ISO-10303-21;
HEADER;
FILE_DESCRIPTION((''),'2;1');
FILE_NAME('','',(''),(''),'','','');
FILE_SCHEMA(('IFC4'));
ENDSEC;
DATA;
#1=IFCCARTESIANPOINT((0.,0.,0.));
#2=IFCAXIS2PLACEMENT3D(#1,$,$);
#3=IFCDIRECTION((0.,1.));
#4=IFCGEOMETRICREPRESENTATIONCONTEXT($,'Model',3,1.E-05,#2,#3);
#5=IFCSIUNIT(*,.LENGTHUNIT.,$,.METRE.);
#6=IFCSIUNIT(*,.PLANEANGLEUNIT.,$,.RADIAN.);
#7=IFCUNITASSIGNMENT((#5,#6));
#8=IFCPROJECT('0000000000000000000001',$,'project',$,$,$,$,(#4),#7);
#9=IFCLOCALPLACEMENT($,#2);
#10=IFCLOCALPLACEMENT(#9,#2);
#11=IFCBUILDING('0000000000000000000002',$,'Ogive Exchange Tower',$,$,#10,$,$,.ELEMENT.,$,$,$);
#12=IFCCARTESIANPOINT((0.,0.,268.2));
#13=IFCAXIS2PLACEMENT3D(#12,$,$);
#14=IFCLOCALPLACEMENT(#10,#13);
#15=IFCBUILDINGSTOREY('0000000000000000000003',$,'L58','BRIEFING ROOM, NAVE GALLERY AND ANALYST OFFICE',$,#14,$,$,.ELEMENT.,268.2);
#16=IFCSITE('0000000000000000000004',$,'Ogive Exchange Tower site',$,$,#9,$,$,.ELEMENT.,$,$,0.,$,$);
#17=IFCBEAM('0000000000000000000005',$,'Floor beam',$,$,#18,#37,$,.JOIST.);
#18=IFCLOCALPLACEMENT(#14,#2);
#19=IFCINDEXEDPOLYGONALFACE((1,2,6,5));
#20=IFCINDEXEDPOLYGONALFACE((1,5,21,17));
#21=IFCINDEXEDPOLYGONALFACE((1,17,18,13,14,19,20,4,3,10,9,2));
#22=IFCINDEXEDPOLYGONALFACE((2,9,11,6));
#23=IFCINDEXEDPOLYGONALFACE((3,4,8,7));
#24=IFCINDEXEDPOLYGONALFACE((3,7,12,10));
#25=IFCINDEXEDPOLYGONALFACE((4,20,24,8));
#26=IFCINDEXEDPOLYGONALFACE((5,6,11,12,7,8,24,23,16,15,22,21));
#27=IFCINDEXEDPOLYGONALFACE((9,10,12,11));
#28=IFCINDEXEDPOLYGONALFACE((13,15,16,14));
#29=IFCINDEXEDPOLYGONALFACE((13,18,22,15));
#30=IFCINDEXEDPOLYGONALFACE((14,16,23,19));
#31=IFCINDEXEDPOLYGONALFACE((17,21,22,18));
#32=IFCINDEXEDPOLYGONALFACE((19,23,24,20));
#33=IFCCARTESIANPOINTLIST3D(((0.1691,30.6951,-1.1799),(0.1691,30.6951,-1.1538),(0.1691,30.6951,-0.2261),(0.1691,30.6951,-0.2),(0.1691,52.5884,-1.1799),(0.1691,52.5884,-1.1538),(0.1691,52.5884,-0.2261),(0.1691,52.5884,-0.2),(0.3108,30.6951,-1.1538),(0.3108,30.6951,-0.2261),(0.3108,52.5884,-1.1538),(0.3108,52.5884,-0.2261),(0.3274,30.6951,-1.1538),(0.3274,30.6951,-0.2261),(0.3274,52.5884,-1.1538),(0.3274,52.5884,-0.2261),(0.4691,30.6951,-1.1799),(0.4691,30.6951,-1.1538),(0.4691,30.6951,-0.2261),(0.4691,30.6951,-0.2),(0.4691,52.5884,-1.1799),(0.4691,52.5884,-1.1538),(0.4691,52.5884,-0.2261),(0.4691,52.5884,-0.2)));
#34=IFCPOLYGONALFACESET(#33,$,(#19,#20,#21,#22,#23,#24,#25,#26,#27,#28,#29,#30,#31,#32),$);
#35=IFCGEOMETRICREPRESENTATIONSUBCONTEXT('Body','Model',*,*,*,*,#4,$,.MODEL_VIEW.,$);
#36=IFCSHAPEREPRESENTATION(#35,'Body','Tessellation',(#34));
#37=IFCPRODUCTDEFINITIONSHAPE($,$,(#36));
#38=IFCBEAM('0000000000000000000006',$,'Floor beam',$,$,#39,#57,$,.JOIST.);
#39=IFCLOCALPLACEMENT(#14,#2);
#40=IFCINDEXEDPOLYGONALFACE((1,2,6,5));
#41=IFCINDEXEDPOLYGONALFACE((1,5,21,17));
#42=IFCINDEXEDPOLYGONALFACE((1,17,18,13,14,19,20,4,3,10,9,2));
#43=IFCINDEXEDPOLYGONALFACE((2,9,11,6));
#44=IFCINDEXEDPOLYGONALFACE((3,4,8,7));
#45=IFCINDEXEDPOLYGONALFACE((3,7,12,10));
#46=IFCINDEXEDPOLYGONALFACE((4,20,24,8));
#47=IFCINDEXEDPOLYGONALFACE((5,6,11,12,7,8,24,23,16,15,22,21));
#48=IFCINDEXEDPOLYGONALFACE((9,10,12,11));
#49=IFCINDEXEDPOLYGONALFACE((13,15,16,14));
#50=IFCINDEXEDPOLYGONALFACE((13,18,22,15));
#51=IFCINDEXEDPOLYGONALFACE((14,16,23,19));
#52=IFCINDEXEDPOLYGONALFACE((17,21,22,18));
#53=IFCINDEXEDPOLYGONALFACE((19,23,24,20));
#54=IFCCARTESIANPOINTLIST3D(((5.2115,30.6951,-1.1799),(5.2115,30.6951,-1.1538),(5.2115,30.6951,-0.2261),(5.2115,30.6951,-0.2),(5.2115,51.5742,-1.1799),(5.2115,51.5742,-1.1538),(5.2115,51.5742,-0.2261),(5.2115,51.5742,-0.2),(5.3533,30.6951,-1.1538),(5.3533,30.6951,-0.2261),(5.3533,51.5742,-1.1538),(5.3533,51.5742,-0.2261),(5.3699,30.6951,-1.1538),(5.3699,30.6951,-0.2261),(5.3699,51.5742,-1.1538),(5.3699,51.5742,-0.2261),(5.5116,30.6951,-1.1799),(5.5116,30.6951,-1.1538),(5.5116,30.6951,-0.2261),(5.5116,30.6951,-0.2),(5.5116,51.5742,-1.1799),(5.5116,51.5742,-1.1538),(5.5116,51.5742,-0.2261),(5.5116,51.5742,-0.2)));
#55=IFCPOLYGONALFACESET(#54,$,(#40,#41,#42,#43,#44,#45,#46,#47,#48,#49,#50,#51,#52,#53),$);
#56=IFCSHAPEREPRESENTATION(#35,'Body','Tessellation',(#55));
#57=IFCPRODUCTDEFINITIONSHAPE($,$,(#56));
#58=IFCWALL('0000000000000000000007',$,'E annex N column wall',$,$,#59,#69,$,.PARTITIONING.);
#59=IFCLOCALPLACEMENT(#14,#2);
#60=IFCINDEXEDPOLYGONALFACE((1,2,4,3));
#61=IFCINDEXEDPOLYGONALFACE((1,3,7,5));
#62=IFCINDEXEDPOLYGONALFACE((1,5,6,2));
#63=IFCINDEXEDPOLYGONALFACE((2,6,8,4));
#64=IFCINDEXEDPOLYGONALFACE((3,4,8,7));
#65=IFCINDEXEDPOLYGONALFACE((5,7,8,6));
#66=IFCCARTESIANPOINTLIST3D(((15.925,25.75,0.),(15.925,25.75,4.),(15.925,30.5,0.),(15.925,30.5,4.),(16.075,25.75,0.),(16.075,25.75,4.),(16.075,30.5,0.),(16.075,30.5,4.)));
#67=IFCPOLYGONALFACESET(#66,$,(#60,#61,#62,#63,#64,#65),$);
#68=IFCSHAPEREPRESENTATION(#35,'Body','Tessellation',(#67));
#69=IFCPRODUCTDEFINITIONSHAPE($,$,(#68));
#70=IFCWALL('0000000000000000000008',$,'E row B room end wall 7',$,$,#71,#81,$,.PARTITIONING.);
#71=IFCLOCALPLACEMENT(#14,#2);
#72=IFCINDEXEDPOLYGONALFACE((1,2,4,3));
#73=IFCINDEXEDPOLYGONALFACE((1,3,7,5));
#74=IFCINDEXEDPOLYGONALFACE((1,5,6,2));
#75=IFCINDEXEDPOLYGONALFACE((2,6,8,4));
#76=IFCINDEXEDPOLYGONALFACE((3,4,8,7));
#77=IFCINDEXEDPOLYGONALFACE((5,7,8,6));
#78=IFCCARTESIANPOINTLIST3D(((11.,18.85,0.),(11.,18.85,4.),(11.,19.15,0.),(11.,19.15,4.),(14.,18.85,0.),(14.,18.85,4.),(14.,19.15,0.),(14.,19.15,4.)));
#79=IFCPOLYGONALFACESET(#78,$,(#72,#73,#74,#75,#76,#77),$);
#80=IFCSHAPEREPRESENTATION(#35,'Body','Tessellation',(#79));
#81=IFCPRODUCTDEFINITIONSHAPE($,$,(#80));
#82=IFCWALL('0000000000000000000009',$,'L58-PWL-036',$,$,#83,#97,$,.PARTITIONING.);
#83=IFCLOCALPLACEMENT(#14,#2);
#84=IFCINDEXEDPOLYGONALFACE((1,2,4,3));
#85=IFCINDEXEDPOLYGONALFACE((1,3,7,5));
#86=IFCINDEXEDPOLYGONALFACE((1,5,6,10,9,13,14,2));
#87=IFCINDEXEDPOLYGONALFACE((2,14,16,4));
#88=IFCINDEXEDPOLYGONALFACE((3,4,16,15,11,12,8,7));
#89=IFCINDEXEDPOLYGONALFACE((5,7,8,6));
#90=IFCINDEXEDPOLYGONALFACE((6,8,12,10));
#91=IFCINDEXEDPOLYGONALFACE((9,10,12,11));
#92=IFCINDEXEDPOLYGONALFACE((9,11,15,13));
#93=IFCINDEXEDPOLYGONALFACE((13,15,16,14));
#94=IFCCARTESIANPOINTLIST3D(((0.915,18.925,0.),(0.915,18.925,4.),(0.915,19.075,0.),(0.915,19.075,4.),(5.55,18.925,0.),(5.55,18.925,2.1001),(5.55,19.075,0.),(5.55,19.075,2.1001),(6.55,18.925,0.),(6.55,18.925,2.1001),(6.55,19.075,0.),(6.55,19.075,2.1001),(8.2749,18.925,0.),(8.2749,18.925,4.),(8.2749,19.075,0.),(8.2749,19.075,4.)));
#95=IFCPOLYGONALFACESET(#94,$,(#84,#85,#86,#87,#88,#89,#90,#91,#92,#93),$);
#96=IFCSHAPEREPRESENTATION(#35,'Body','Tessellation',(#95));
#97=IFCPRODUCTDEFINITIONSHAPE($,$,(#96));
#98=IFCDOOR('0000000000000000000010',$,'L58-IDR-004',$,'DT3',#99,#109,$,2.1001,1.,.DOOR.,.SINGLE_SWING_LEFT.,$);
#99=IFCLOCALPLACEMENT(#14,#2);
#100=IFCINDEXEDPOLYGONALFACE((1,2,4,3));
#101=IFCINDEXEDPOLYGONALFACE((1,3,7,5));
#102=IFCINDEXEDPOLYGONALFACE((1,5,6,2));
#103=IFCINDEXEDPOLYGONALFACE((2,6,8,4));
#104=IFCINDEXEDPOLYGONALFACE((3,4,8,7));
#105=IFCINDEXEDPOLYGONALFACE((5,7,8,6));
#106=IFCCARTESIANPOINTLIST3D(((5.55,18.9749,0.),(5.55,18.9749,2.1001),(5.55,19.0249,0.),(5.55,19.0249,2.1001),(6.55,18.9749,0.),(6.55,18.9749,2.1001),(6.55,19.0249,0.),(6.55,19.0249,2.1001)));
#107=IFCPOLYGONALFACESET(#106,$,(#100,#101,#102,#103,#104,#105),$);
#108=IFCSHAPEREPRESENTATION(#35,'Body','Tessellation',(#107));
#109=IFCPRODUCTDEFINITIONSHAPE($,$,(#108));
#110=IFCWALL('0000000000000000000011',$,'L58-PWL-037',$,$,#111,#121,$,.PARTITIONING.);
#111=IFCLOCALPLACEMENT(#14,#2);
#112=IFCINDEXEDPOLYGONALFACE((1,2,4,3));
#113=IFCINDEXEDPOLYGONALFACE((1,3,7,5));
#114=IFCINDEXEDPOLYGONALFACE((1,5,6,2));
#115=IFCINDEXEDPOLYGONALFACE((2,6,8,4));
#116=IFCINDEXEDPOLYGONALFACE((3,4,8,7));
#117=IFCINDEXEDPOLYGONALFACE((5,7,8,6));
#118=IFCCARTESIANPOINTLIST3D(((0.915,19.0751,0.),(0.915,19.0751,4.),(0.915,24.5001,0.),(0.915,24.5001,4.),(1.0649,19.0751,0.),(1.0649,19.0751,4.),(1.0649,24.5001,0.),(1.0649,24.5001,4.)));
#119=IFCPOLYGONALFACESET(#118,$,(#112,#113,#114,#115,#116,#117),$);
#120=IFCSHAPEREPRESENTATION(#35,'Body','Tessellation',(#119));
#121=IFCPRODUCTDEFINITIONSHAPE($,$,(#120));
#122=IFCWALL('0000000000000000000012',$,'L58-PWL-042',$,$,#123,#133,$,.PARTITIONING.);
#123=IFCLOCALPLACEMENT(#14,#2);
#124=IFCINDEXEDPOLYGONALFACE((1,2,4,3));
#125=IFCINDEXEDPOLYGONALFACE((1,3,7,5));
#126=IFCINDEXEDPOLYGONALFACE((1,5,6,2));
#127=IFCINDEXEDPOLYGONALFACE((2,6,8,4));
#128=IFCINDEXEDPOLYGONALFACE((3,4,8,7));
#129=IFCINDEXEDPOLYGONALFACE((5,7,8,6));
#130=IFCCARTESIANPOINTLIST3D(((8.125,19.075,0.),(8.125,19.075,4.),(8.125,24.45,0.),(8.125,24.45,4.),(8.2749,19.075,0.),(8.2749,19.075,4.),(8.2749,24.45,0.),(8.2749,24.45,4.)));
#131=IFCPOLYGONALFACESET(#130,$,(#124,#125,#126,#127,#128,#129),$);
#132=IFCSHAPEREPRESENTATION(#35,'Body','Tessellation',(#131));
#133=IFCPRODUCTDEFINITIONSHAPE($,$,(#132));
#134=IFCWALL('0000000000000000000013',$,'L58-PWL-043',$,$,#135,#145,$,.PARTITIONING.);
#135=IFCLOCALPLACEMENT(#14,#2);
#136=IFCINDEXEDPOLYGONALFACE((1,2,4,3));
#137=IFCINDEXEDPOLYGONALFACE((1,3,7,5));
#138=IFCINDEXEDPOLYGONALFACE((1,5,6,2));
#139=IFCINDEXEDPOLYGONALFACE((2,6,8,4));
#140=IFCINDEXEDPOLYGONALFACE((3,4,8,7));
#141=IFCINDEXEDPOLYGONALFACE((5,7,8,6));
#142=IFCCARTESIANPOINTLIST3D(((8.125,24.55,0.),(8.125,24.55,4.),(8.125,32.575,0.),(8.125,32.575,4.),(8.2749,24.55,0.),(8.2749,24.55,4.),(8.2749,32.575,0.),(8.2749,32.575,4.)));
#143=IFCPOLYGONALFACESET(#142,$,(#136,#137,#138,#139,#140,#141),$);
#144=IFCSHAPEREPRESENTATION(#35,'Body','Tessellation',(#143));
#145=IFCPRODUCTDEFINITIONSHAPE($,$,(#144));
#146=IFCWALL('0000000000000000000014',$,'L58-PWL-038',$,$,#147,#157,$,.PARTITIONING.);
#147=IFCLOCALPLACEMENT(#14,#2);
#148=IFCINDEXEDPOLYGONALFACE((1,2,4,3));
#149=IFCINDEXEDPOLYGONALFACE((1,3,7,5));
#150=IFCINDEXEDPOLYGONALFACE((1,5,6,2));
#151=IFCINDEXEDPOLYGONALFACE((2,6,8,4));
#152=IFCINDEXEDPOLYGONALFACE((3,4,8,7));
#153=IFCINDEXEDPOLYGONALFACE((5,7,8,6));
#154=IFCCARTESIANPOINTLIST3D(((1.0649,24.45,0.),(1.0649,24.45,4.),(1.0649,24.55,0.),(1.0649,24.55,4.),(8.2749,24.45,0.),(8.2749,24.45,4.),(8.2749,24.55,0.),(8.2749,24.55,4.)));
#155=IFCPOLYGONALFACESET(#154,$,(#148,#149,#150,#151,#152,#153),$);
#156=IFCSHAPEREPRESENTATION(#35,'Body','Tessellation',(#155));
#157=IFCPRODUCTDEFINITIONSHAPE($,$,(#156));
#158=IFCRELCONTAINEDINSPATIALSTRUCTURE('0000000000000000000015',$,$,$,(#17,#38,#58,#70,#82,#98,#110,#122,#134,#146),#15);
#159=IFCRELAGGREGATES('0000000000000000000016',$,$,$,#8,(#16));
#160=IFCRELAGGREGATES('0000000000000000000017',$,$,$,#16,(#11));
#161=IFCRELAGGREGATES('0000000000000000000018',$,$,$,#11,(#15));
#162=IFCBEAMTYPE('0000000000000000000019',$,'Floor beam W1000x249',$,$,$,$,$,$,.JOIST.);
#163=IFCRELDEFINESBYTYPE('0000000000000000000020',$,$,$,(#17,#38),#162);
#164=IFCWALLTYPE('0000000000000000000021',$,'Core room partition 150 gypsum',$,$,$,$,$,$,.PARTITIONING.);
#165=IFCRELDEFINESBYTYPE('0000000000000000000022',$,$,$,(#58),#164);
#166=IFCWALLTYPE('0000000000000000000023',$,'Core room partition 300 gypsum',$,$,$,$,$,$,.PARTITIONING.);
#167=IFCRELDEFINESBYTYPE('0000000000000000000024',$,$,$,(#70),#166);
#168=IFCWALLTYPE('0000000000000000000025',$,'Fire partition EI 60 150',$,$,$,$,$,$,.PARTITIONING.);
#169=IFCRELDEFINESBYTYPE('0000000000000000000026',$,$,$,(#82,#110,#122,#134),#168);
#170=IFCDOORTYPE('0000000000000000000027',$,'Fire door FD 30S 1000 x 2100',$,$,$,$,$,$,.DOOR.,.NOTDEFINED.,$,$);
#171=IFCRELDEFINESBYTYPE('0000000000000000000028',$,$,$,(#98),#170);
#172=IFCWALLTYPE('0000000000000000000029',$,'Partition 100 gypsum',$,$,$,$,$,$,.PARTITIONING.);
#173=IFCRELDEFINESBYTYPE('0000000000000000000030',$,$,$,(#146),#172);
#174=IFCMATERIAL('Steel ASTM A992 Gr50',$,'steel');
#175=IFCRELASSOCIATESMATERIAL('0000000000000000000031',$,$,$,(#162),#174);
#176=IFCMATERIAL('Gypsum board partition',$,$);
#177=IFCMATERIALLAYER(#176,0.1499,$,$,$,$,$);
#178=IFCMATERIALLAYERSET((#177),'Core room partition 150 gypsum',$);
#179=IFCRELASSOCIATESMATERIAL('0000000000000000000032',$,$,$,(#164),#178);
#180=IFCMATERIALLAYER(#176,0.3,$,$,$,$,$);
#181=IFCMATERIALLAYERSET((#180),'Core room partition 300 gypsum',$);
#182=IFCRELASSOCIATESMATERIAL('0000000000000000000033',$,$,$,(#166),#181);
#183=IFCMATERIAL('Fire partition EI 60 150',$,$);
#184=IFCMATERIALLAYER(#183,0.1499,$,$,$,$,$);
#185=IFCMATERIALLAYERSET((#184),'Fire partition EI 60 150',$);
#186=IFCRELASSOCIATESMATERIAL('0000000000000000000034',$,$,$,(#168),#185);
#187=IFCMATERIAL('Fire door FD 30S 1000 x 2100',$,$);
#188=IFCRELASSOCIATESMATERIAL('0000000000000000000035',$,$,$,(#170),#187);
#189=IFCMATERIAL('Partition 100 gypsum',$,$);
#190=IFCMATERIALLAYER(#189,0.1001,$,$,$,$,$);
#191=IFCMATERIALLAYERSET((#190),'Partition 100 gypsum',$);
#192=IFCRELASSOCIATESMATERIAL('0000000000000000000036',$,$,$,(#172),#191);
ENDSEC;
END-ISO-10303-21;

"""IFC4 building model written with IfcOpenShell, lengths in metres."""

from ifc_helpers import new_model, si_unit, direction, frame, frame_2d, origin, origin_2d, place, context, subcontext, project, spatial, rectangle, i_section, extrude, material, layer, layer_set, material_profile, profile_set, type_object, element, fill, save


model = new_model("IFC4")

# Units and contexts
model_context = context("Model", 3, precision=1e-05, world=origin(), true_north=direction((0.0, 1.0)))
body_context = subcontext(model_context, "Body", "Model", "MODEL_VIEW")
ifc_project = project(units=[si_unit("LENGTHUNIT", "METRE"), si_unit("PLANEANGLEUNIT", "RADIAN")], contexts=[model_context])

# Site, building, storey
site_placement = place(None, origin())
site = spatial("IfcSite", under=ifc_project, at=site_placement, Name="Ogive Exchange Tower site", CompositionType="ELEMENT", RefElevation=0.0)
building_placement = place(site_placement, origin())
building = spatial("IfcBuilding", under=site, at=building_placement, Name="Ogive Exchange Tower", CompositionType="ELEMENT")
storey_placement = place(building_placement, frame((0.0, 0.0, 268.2)))
storey = spatial("IfcBuildingStorey", under=building, at=storey_placement, Name="L58", Description="BRIEFING ROOM, NAVE GALLERY AND ANALYST OFFICE", CompositionType="ELEMENT", Elevation=268.2)

# Beams
ifc_material_1 = material(Name="Steel ASTM A992 Gr50", Category="steel")
ifc_material_profile = material_profile(ifc_material_1, i_section(OverallWidth=0.3, OverallDepth=0.98, WebThickness=0.0166, FlangeThickness=0.0261, at=origin_2d()), Name="W1000x249")
ifc_profile_set = profile_set([ifc_material_profile], Name="Steel ASTM A992 Gr50")
beam_type = type_object("IfcBeamType", Name="Floor beam W1000x249", PredefinedType="JOIST", material=ifc_profile_set)
beam_1_placement = place(storey_placement, frame((0.3191, 30.6951, -0.6899), z_axis=(0.0, 1.0, 0.0), x_axis=(-1.0, 0.0, 0.0)))
element("IfcBeam", 1, at=beam_1_placement, inside=storey, type_object=beam_type, Name="Floor beam", PredefinedType="JOIST", context=body_context, shape_type="SweptSolid", body=[
    extrude(i_section(OverallWidth=0.3, OverallDepth=0.98, WebThickness=0.0166, FlangeThickness=0.0261, at=origin_2d()), origin(), (0.0, 0.0, 1.0), 21.8933),
])
beam_2_placement = place(storey_placement, frame((5.3616, 30.6951, -0.6899), z_axis=(0.0, 1.0, 0.0), x_axis=(-1.0, 0.0, 0.0)))
element("IfcBeam", 2, at=beam_2_placement, inside=storey, type_object=beam_type, Name="Floor beam", PredefinedType="JOIST", context=body_context, shape_type="SweptSolid", body=[
    extrude(i_section(OverallWidth=0.3, OverallDepth=0.98, WebThickness=0.0166, FlangeThickness=0.0261, at=origin_2d()), origin(), (0.0, 0.0, 1.0), 20.8792),
])

# Walls
ifc_material_2 = material(Name="Gypsum board partition")
ifc_layer_1 = layer(ifc_material_2, 0.1499)
ifc_layer_set_1 = layer_set([ifc_layer_1], Name="Core room partition 150 gypsum")
wall_type_1 = type_object("IfcWallType", Name="Core room partition 150 gypsum", PredefinedType="PARTITIONING", material=ifc_layer_set_1)
wall_1_placement = place(storey_placement, frame((16.0, 25.75, 0.0), z_axis=(0.0, 0.0, 1.0), x_axis=(0.0, 1.0, 0.0)))
element("IfcWall", 3, at=wall_1_placement, inside=storey, type_object=wall_type_1, Name="E annex N column wall", PredefinedType="PARTITIONING", context=body_context, shape_type="SweptSolid", body=[
    extrude(rectangle(XDim=4.75, YDim=0.1499, at=frame_2d((2.375, 0.0))), origin(), (0.0, 0.0, 1.0), 4.0),
])
ifc_layer_2 = layer(ifc_material_2, 0.3)
ifc_layer_set_2 = layer_set([ifc_layer_2], Name="Core room partition 300 gypsum")
wall_type_2 = type_object("IfcWallType", Name="Core room partition 300 gypsum", PredefinedType="PARTITIONING", material=ifc_layer_set_2)
wall_2_placement = place(storey_placement, frame((11.0, 19.0, 0.0), z_axis=(0.0, 0.0, 1.0), x_axis=(1.0, 0.0, 0.0)))
element("IfcWall", 4, at=wall_2_placement, inside=storey, type_object=wall_type_2, Name="E row B room end wall 7", PredefinedType="PARTITIONING", context=body_context, shape_type="SweptSolid", body=[
    extrude(rectangle(XDim=3.0, YDim=0.3, at=frame_2d((1.5, 0.0))), origin(), (0.0, 0.0, 1.0), 4.0),
])

# Wall, opening, door
ifc_material_3 = material(Name="Fire partition EI 60 150")
ifc_layer_3 = layer(ifc_material_3, 0.1499)
ifc_layer_set_3 = layer_set([ifc_layer_3], Name="Fire partition EI 60 150")
wall_type_3 = type_object("IfcWallType", Name="Fire partition EI 60 150", PredefinedType="PARTITIONING", material=ifc_layer_set_3)
wall_3_placement = place(storey_placement, frame((0.915, 19.0, 0.0), z_axis=(0.0, 0.0, 1.0), x_axis=(1.0, 0.0, 0.0)))
wall_3 = element("IfcWall", 5, at=wall_3_placement, inside=storey, type_object=wall_type_3, Name="L58-PWL-036", PredefinedType="PARTITIONING", context=body_context, shape_type="SweptSolid", body=[
    extrude(rectangle(XDim=7.3599, YDim=0.1499, at=frame_2d((3.6799, 0.0))), origin(), (0.0, 0.0, 1.0), 4.0),
])
opening_1_placement = place(wall_3_placement, frame((4.635, 0.0, 0.0)))
opening_1 = element("IfcOpeningElement", 6, at=opening_1_placement, cuts=wall_3, PredefinedType="OPENING", context=body_context, shape_type="SweptSolid", body=[
    extrude(rectangle(XDim=1.0, YDim=2.1001, at=frame_2d((0.5, 1.05))), frame((0.0, 0.085, 0.0), z_axis=(0.0, -1.0, 0.0), x_axis=(1.0, 0.0, 0.0)), (0.0, 0.0, 1.0), 0.1699),
])
ifc_material_4 = material(Name="Fire door FD 30S 1000 x 2100")
door_type_1 = type_object("IfcDoorType", Name="Fire door FD 30S 1000 x 2100", OperationType="NOTDEFINED", PredefinedType="DOOR", material=ifc_material_4)
door_1_placement = place(opening_1_placement, origin())
door_1 = element("IfcDoor", 7, at=door_1_placement, inside=storey, type_object=door_type_1, Name="L58-IDR-004", ObjectType="DT3", OperationType="SINGLE_SWING_LEFT", OverallHeight=2.1001, OverallWidth=1.0, PredefinedType="DOOR", context=body_context, shape_type="SweptSolid", body=[
    extrude(rectangle(XDim=1.0, YDim=2.1001, at=frame_2d((0.5, 1.05))), frame((0.0, 0.0249, 0.0), z_axis=(0.0, -1.0, 0.0), x_axis=(1.0, 0.0, 0.0)), (0.0, 0.0, 1.0), 0.05),
])
fill(opening_1, door_1)

# Walls
wall_4_placement = place(storey_placement, frame((0.99, 24.5, 0.0), z_axis=(0.0, 0.0, 1.0), x_axis=(0.0, -1.0, 0.0)))
element("IfcWall", 8, at=wall_4_placement, inside=storey, type_object=wall_type_3, Name="L58-PWL-037", PredefinedType="PARTITIONING", context=body_context, shape_type="SweptSolid", body=[
    extrude(rectangle(XDim=5.425, YDim=0.1499, at=frame_2d((2.7124, 0.0))), origin(), (0.0, 0.0, 1.0), 4.0),
])
wall_5_placement = place(storey_placement, frame((8.2, 19.075, 0.0), z_axis=(0.0, 0.0, 1.0), x_axis=(0.0, 1.0, 0.0)))
element("IfcWall", 9, at=wall_5_placement, inside=storey, type_object=wall_type_3, Name="L58-PWL-042", PredefinedType="PARTITIONING", context=body_context, shape_type="SweptSolid", body=[
    extrude(rectangle(XDim=5.375, YDim=0.1499, at=frame_2d((2.6875, 0.0))), origin(), (0.0, 0.0, 1.0), 4.0),
])
wall_6_placement = place(storey_placement, frame((8.2, 24.55, 0.0), z_axis=(0.0, 0.0, 1.0), x_axis=(0.0, 1.0, 0.0)))
element("IfcWall", 10, at=wall_6_placement, inside=storey, type_object=wall_type_3, Name="L58-PWL-043", PredefinedType="PARTITIONING", context=body_context, shape_type="SweptSolid", body=[
    extrude(rectangle(XDim=8.0249, YDim=0.1499, at=frame_2d((4.0125, 0.0))), origin(), (0.0, 0.0, 1.0), 4.0),
])
ifc_material_5 = material(Name="Partition 100 gypsum")
ifc_layer_4 = layer(ifc_material_5, 0.1001)
ifc_layer_set_4 = layer_set([ifc_layer_4], Name="Partition 100 gypsum")
wall_type_4 = type_object("IfcWallType", Name="Partition 100 gypsum", PredefinedType="PARTITIONING", material=ifc_layer_set_4)
wall_7_placement = place(storey_placement, frame((1.0649, 24.5, 0.0), z_axis=(0.0, 0.0, 1.0), x_axis=(1.0, 0.0, 0.0)))
element("IfcWall", 11, at=wall_7_placement, inside=storey, type_object=wall_type_4, Name="L58-PWL-038", PredefinedType="PARTITIONING", context=body_context, shape_type="SweptSolid", body=[
    extrude(rectangle(XDim=7.21, YDim=0.1001, at=frame_2d((3.605, 0.0))), origin(), (0.0, 0.0, 1.0), 4.0),
])

save(model, "model.ifc")
